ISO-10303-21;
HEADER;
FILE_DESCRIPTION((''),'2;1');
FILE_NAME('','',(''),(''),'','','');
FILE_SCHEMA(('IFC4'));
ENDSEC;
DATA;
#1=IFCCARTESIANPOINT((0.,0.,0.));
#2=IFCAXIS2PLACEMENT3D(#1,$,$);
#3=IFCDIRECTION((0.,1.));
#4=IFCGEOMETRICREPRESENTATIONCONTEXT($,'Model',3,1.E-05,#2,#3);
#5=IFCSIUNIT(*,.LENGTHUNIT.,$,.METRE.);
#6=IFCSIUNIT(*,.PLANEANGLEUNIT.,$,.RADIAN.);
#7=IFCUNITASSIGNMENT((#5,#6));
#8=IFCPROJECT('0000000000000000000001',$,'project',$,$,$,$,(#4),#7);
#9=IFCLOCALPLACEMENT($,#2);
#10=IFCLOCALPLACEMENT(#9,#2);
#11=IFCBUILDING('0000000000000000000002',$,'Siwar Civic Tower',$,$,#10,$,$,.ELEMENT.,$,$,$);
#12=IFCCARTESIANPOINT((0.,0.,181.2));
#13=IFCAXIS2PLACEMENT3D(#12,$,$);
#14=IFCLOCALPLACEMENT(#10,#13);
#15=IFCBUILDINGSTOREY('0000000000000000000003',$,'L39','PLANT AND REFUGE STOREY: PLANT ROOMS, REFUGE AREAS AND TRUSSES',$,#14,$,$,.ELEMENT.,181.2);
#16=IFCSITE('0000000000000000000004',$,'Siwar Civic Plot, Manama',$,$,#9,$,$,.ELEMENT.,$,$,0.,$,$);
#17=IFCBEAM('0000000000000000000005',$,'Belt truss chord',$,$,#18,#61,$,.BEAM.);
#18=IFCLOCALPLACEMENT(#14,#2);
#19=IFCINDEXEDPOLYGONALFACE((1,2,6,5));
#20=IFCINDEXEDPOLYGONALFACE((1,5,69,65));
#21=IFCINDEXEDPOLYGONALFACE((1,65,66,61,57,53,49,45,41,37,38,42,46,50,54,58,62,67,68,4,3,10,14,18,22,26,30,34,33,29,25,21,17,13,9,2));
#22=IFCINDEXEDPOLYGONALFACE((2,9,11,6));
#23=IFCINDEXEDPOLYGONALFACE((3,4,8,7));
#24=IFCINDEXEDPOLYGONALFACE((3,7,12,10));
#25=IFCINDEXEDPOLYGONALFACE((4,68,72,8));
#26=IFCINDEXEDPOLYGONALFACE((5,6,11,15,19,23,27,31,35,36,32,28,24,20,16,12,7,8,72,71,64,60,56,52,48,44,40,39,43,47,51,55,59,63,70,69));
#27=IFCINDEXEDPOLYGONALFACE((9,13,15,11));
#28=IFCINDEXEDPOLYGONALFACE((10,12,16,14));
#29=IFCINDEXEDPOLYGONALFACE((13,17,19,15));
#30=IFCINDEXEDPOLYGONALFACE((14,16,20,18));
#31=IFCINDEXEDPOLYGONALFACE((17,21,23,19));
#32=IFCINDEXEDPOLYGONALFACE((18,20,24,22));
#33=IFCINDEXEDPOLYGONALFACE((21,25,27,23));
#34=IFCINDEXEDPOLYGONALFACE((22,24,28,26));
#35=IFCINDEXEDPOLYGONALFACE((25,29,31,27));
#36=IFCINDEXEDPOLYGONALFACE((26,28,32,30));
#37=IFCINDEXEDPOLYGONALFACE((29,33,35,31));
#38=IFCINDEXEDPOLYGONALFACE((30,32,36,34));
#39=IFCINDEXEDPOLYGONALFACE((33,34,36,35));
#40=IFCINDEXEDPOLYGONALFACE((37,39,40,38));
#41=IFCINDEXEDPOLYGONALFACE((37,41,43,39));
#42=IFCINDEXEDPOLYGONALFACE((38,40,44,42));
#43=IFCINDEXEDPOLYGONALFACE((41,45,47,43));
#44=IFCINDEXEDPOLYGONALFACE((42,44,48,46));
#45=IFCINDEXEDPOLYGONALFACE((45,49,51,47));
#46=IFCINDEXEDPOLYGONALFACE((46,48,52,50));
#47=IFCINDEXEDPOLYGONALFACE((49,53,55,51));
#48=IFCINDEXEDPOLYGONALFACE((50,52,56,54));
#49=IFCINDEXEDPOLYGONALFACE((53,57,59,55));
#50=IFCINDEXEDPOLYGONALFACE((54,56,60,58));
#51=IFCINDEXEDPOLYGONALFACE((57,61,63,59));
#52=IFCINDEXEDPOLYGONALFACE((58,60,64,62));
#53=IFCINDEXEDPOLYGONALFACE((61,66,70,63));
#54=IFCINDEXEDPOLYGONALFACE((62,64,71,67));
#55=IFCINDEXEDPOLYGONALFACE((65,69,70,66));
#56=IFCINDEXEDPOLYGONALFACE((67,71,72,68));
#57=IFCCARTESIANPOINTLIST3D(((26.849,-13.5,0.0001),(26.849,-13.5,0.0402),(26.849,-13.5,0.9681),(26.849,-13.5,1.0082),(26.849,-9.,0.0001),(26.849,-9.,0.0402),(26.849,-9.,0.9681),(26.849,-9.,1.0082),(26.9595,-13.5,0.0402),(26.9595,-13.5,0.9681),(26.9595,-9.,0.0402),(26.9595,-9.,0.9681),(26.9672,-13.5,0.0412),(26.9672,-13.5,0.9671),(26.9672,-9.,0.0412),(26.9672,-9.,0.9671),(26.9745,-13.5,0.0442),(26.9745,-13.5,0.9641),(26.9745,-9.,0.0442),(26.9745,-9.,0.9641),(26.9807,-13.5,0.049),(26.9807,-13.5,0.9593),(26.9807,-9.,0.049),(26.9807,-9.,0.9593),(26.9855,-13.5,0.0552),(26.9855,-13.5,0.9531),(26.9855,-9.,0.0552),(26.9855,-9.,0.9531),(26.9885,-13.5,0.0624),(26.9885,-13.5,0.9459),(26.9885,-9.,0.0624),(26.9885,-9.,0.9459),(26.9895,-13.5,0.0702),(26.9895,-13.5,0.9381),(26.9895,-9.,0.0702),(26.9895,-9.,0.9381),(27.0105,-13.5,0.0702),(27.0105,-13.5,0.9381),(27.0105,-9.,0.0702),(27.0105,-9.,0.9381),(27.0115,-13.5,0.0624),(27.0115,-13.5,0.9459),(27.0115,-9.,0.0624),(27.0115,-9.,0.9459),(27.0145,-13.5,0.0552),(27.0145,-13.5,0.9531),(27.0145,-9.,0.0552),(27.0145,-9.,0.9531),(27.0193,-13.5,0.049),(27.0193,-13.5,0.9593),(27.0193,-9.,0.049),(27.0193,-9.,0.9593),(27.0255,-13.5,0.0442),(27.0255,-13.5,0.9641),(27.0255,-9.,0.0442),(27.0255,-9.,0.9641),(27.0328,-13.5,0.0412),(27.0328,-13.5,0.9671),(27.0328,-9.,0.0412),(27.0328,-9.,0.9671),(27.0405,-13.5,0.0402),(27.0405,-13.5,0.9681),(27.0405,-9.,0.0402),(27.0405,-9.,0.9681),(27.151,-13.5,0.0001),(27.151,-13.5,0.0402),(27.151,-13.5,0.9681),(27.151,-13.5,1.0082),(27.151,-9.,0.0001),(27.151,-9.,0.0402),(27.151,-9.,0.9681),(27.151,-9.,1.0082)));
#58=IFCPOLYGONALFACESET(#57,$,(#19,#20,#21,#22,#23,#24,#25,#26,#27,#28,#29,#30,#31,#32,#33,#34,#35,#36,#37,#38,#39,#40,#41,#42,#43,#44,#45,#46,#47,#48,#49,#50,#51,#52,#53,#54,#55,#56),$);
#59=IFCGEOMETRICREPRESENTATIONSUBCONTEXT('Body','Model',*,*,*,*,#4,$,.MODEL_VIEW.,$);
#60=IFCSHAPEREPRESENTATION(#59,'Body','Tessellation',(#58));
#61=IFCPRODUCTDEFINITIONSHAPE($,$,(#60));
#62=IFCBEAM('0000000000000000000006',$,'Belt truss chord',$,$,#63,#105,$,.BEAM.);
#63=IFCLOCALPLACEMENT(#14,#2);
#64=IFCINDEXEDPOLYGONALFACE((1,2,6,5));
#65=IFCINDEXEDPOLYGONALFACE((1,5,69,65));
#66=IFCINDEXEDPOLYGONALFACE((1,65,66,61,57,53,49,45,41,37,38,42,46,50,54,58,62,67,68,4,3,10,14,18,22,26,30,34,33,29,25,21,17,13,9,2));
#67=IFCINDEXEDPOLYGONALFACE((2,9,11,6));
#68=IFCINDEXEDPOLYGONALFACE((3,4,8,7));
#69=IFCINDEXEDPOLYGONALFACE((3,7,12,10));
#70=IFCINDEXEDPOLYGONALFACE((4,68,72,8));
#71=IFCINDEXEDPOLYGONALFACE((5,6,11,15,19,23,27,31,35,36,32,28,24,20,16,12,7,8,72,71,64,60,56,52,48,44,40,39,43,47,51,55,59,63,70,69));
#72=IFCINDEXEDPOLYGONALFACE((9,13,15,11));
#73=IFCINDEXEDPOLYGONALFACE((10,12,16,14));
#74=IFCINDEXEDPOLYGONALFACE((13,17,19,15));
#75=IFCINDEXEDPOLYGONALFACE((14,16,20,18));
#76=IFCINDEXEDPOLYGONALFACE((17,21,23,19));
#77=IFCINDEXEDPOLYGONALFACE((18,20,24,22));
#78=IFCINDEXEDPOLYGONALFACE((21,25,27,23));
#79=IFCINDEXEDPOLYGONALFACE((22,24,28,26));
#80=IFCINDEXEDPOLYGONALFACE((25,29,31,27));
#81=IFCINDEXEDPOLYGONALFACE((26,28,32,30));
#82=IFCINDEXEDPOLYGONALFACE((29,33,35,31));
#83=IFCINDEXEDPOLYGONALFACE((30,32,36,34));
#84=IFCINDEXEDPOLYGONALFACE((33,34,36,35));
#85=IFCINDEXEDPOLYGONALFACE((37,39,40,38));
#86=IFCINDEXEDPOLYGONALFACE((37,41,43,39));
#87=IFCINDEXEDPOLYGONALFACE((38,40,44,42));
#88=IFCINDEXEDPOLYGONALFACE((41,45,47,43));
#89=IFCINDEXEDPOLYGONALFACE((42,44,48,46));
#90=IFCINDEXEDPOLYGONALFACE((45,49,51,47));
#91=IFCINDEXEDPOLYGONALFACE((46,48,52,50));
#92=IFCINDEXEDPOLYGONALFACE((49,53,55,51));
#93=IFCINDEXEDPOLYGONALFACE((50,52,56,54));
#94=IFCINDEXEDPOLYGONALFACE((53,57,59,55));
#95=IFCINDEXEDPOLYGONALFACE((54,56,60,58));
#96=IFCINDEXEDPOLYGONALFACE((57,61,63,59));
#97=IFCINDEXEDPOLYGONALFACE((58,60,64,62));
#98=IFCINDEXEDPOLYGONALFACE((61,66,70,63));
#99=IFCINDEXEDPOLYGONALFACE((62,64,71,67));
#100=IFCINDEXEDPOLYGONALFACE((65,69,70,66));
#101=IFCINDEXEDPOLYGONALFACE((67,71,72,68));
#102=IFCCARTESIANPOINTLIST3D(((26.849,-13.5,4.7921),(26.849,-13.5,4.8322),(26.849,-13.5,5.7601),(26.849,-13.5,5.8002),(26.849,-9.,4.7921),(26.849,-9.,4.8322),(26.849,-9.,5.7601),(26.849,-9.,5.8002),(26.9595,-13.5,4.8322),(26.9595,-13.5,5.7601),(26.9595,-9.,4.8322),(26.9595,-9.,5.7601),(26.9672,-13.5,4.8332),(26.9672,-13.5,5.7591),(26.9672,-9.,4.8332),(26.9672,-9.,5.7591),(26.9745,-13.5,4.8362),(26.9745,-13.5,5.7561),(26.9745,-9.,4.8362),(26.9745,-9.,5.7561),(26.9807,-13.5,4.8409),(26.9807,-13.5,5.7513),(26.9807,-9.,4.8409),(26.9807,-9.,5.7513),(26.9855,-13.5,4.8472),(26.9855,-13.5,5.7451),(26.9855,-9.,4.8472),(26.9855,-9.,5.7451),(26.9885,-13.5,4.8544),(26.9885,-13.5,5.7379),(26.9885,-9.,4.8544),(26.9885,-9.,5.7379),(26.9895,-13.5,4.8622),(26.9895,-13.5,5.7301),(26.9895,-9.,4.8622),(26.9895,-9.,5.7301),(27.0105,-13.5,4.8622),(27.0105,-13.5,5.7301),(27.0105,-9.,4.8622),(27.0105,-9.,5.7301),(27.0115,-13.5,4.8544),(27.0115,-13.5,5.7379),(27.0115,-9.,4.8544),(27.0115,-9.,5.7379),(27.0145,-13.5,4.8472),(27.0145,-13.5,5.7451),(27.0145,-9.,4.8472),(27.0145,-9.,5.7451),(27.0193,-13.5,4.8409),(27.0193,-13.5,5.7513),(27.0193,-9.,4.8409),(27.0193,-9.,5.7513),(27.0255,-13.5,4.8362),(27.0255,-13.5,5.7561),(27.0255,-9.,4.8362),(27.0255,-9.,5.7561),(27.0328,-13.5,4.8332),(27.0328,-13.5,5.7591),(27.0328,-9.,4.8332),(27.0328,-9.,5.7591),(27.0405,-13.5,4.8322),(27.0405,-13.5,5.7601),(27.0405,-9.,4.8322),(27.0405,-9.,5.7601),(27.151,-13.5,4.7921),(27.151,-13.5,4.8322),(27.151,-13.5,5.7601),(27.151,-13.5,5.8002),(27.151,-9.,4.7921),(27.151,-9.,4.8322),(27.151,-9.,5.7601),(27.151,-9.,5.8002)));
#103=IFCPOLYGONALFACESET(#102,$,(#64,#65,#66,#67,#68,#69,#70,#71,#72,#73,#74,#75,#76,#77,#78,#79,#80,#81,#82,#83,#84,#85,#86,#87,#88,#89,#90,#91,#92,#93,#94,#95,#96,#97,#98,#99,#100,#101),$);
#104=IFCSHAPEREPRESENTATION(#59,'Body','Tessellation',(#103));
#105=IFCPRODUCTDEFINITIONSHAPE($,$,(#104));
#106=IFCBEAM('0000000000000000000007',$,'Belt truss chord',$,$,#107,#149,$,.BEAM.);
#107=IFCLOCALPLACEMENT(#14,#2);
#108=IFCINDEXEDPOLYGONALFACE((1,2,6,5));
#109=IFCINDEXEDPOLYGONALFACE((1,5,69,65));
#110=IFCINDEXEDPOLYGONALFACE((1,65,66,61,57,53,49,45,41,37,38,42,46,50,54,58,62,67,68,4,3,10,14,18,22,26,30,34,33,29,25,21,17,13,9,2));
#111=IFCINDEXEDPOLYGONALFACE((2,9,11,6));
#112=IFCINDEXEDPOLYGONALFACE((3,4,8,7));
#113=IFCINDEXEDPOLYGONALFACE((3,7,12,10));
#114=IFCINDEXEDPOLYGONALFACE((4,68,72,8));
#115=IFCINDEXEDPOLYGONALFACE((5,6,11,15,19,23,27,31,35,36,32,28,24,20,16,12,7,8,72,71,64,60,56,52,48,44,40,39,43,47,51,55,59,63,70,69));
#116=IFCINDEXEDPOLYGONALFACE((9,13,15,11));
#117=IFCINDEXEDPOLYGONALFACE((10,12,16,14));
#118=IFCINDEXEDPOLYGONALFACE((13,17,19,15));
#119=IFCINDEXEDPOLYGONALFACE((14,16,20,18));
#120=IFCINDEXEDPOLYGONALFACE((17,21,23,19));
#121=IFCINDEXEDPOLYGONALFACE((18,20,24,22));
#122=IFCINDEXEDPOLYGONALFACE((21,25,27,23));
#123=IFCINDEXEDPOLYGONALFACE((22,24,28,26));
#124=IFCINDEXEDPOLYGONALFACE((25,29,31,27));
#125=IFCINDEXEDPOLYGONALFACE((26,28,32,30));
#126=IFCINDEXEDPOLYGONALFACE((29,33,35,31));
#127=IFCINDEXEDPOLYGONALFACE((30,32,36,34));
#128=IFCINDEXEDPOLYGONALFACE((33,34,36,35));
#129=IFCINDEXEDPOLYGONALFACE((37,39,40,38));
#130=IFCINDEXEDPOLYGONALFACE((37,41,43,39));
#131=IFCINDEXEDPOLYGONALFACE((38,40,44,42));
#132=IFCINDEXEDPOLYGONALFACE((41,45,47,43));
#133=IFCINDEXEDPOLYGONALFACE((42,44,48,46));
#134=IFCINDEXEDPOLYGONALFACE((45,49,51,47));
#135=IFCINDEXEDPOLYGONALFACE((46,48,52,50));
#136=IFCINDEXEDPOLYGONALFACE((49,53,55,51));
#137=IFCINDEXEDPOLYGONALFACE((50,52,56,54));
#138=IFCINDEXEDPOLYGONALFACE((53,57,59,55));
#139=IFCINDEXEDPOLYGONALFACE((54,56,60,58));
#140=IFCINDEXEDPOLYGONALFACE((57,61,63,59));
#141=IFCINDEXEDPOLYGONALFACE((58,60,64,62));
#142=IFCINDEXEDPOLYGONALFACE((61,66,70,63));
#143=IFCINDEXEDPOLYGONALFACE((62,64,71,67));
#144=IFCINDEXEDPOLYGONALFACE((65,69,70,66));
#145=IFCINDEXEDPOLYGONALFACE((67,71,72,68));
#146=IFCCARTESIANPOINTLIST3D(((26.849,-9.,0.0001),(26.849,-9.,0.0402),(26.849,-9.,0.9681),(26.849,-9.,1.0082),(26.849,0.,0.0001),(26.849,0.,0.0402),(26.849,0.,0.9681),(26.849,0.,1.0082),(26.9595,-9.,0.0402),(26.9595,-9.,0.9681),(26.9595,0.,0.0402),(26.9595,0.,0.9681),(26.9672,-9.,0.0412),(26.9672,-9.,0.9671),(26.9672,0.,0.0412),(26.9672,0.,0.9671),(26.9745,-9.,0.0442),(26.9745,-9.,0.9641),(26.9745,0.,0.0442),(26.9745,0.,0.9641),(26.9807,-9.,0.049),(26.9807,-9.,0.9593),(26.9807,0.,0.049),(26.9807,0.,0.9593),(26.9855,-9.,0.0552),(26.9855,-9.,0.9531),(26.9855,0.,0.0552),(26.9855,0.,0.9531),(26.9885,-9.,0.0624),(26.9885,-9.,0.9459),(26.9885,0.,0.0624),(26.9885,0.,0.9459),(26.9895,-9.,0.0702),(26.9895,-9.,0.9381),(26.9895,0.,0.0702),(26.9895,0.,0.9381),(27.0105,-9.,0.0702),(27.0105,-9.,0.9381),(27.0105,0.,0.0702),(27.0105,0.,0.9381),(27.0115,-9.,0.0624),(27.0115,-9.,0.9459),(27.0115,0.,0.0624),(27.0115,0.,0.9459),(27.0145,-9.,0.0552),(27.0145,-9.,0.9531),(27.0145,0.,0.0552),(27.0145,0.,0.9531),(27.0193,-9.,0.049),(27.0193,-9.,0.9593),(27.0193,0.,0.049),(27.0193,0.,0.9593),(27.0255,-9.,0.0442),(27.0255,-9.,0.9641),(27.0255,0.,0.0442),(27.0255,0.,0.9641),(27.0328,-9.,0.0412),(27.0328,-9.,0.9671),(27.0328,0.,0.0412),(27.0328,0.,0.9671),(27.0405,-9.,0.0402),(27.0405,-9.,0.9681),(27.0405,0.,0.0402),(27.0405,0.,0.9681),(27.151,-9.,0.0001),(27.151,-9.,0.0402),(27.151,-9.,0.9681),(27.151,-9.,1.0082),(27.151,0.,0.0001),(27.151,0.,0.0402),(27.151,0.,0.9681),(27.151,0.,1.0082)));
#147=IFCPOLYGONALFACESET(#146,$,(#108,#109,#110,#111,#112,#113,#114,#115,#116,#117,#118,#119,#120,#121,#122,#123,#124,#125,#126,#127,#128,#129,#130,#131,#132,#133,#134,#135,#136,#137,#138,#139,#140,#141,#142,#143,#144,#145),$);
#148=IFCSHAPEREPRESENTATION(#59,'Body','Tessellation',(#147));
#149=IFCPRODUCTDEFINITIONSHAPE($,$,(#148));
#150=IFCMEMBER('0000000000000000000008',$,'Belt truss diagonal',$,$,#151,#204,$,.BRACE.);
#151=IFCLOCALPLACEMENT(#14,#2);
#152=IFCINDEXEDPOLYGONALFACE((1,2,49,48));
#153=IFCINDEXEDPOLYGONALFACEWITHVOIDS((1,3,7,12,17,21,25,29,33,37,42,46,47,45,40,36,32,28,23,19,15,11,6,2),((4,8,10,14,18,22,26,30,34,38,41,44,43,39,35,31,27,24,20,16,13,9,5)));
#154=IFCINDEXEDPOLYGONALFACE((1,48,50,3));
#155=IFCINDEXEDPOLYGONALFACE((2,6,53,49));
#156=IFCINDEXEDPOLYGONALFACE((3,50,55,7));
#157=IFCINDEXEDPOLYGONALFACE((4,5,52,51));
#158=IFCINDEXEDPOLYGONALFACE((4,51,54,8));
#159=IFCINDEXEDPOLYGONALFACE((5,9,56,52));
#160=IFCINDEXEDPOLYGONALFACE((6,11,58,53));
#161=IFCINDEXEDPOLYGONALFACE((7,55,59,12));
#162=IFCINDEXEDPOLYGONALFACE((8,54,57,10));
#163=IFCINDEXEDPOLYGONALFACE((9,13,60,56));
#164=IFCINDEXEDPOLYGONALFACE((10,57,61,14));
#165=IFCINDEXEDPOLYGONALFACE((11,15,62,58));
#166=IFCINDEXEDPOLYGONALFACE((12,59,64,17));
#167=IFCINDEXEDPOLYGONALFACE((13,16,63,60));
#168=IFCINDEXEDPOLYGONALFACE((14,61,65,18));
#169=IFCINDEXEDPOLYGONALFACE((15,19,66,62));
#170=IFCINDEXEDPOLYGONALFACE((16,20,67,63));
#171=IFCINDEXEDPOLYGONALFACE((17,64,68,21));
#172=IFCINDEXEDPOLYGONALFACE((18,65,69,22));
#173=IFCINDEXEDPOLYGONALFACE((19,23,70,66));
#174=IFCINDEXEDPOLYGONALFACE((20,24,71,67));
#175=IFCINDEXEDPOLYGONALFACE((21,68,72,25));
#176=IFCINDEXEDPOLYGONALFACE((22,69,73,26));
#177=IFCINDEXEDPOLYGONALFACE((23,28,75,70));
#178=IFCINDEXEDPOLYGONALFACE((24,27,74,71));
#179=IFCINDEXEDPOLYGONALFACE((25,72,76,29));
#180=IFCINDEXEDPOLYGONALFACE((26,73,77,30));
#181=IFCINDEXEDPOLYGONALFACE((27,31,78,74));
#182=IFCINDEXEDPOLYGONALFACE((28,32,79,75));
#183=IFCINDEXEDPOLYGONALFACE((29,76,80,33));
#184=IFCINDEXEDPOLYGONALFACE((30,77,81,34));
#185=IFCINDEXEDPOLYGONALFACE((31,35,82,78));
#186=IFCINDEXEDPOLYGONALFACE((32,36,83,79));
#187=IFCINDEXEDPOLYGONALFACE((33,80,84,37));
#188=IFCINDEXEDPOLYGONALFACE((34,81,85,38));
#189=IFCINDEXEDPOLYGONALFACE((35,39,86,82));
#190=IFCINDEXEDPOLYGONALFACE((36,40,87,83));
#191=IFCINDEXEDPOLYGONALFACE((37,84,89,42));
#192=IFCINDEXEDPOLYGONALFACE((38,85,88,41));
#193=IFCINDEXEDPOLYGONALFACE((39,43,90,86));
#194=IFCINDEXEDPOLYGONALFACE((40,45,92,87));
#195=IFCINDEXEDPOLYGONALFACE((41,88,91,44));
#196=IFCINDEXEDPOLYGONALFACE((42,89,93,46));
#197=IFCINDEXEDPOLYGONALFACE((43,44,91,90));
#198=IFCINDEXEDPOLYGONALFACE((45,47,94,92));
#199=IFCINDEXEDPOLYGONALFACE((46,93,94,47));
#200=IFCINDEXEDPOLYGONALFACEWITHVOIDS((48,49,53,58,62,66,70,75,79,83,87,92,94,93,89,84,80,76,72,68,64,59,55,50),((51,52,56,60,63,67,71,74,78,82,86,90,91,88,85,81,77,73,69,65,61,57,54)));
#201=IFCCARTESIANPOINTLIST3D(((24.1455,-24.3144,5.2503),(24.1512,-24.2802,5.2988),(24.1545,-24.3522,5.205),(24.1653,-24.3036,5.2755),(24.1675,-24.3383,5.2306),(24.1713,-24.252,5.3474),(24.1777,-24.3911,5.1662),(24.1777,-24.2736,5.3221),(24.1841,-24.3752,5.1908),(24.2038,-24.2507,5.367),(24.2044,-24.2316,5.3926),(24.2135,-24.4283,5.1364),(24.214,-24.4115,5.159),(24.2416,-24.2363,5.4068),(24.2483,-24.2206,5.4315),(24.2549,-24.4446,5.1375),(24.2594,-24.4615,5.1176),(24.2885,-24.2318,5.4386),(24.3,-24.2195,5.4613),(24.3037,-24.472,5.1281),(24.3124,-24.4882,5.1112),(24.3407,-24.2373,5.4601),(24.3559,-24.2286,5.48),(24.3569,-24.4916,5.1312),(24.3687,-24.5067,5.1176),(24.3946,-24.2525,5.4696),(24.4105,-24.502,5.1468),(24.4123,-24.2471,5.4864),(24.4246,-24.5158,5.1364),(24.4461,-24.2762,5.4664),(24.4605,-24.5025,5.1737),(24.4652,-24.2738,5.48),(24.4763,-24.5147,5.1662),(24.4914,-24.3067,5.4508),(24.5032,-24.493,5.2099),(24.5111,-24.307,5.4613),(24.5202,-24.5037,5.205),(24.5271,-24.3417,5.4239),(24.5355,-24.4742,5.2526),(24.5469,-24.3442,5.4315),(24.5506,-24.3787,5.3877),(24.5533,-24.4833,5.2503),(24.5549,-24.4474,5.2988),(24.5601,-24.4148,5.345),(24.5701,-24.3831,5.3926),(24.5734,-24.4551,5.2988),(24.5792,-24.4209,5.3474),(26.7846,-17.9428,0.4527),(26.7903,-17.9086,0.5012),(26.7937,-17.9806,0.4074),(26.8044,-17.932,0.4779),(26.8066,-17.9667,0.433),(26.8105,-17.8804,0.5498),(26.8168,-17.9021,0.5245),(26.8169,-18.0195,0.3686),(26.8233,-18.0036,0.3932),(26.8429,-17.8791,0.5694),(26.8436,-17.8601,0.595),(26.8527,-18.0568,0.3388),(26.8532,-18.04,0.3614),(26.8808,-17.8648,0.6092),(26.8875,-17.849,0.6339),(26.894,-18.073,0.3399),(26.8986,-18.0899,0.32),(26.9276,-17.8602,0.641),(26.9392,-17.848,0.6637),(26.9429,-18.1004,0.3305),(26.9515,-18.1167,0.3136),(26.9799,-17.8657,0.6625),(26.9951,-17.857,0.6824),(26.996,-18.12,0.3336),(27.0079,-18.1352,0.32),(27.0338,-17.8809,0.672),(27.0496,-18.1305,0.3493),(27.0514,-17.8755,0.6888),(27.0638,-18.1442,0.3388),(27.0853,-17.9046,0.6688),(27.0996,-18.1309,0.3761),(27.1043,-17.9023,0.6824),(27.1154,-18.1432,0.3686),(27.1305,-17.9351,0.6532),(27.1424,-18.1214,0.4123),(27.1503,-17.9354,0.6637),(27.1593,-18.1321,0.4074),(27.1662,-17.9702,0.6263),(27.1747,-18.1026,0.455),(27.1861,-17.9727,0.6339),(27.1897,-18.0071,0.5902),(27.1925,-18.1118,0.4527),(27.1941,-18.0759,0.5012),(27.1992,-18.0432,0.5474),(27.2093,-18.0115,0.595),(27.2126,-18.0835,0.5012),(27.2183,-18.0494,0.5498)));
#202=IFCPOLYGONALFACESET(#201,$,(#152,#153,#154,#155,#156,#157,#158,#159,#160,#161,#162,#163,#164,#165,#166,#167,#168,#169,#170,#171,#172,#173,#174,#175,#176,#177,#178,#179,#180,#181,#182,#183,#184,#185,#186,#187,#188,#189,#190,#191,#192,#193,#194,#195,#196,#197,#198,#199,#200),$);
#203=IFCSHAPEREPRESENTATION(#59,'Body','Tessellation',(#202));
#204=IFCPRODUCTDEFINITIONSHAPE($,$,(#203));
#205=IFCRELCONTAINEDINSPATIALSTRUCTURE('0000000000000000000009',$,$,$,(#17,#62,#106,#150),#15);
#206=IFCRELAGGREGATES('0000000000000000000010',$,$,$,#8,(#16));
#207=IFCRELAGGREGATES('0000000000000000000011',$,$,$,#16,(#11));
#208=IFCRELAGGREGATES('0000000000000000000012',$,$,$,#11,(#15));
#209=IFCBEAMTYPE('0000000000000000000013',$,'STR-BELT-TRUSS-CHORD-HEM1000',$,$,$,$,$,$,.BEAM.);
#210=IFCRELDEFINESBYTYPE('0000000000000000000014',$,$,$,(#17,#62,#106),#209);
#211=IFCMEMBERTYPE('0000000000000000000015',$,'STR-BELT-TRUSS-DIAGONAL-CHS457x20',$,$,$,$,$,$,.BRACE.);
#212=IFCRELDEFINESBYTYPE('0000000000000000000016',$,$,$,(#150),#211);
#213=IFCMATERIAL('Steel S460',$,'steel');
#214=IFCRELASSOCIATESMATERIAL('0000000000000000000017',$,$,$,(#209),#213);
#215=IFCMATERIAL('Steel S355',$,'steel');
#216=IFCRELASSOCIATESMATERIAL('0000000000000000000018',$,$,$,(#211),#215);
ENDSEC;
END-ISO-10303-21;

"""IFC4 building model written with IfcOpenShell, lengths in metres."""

from ifc_helpers import new_model, si_unit, direction, frame, origin, origin_2d, place, context, subcontext, project, spatial, hollow_circle, i_section, extrude, material, material_profile, profile_set, type_object, element, save


model = new_model("IFC4")

# Units and contexts
model_context = context("Model", 3, precision=1e-05, world=origin(), true_north=direction((0.0, 1.0)))
body_context = subcontext(model_context, "Body", "Model", "MODEL_VIEW")
ifc_project = project(units=[si_unit("LENGTHUNIT", "METRE"), si_unit("PLANEANGLEUNIT", "RADIAN")], contexts=[model_context])

# Site, building, storey
site_placement = place(None, origin())
site = spatial("IfcSite", under=ifc_project, at=site_placement, Name="Siwar Civic Plot, Manama", CompositionType="ELEMENT", RefElevation=0.0)
building_placement = place(site_placement, origin())
building = spatial("IfcBuilding", under=site, at=building_placement, Name="Siwar Civic Tower", CompositionType="ELEMENT")
storey_placement = place(building_placement, frame((0.0, 0.0, 181.2)))
storey = spatial("IfcBuildingStorey", under=building, at=storey_placement, Name="L39", Description="PLANT AND REFUGE STOREY: PLANT ROOMS, REFUGE AREAS AND TRUSSES", CompositionType="ELEMENT", Elevation=181.2)

# Beams
ifc_material_1 = material(Name="Steel S460", Category="steel")
ifc_material_profile_1 = material_profile(ifc_material_1, i_section(OverallWidth=0.302, OverallDepth=1.0081, WebThickness=0.021, FlangeThickness=0.04, FilletRadius=0.03, at=origin_2d()), Name="HEM1000")
ifc_profile_set_1 = profile_set([ifc_material_profile_1], Name="Steel S460")
beam_type_1 = type_object("IfcBeamType", Name="STR-BELT-TRUSS-CHORD-HEM1000", PredefinedType="BEAM", material=ifc_profile_set_1)
for number, where, z_axis, x_axis, name in (
    (1, (27.0, -13.5, 0.5042), (0.0, 1.0, 0.0), (-1.0, 0.0, 0.0), "Belt truss chord"),
    (2, (27.0, -13.5, 5.2961), (0.0, 1.0, 0.0), (-1.0, 0.0, 0.0), "Belt truss chord"),
):
    element("IfcBeam", number, at=place(storey_placement, frame(where, z_axis=z_axis, x_axis=x_axis)), inside=storey, type_object=beam_type_1, Name=name, PredefinedType="BEAM", context=body_context, shape_type="SweptSolid", body=[
        extrude(i_section(OverallWidth=0.302, OverallDepth=1.0081, WebThickness=0.021, FlangeThickness=0.04, FilletRadius=0.03, at=origin_2d()), origin(), (0.0, 0.0, 1.0), 4.5),
    ])
beam_1_placement = place(storey_placement, frame((27.0, -9.0, 0.5042), z_axis=(0.0, 1.0, 0.0), x_axis=(-1.0, 0.0, 0.0)))
element("IfcBeam", 3, at=beam_1_placement, inside=storey, type_object=beam_type_1, Name="Belt truss chord", PredefinedType="BEAM", context=body_context, shape_type="SweptSolid", body=[
    extrude(i_section(OverallWidth=0.302, OverallDepth=1.0081, WebThickness=0.021, FlangeThickness=0.04, FilletRadius=0.03, at=origin_2d()), origin(), (0.0, 0.0, 1.0), 9.0),
])

# Member
ifc_material_2 = material(Name="Steel S355", Category="steel")
ifc_material_profile_2 = material_profile(ifc_material_2, hollow_circle(Radius=0.2285, WallThickness=0.02, at=origin_2d()), Name="CHS457x20")
ifc_profile_set_2 = profile_set([ifc_material_profile_2], Name="Steel S355")
member_type_1 = type_object("IfcMemberType", Name="STR-BELT-TRUSS-DIAGONAL-CHS457x20", PredefinedType="BRACE", material=ifc_profile_set_2)
member_1_placement = place(storey_placement, frame((27.0015, -17.9961, 0.5012), z_axis=(-0.314143, -0.758418, 0.571066), x_axis=(0.923881, -0.382679, 0.0)))
element("IfcMember", 4, at=member_1_placement, inside=storey, type_object=member_type_1, Name="Belt truss diagonal", PredefinedType="BRACE", context=body_context, shape_type="SweptSolid", body=[
    extrude(hollow_circle(Radius=0.2285, WallThickness=0.02, at=origin_2d()), origin(), (0.0, 0.0, 1.0), 8.4011),
])

save(model, "model.ifc")
